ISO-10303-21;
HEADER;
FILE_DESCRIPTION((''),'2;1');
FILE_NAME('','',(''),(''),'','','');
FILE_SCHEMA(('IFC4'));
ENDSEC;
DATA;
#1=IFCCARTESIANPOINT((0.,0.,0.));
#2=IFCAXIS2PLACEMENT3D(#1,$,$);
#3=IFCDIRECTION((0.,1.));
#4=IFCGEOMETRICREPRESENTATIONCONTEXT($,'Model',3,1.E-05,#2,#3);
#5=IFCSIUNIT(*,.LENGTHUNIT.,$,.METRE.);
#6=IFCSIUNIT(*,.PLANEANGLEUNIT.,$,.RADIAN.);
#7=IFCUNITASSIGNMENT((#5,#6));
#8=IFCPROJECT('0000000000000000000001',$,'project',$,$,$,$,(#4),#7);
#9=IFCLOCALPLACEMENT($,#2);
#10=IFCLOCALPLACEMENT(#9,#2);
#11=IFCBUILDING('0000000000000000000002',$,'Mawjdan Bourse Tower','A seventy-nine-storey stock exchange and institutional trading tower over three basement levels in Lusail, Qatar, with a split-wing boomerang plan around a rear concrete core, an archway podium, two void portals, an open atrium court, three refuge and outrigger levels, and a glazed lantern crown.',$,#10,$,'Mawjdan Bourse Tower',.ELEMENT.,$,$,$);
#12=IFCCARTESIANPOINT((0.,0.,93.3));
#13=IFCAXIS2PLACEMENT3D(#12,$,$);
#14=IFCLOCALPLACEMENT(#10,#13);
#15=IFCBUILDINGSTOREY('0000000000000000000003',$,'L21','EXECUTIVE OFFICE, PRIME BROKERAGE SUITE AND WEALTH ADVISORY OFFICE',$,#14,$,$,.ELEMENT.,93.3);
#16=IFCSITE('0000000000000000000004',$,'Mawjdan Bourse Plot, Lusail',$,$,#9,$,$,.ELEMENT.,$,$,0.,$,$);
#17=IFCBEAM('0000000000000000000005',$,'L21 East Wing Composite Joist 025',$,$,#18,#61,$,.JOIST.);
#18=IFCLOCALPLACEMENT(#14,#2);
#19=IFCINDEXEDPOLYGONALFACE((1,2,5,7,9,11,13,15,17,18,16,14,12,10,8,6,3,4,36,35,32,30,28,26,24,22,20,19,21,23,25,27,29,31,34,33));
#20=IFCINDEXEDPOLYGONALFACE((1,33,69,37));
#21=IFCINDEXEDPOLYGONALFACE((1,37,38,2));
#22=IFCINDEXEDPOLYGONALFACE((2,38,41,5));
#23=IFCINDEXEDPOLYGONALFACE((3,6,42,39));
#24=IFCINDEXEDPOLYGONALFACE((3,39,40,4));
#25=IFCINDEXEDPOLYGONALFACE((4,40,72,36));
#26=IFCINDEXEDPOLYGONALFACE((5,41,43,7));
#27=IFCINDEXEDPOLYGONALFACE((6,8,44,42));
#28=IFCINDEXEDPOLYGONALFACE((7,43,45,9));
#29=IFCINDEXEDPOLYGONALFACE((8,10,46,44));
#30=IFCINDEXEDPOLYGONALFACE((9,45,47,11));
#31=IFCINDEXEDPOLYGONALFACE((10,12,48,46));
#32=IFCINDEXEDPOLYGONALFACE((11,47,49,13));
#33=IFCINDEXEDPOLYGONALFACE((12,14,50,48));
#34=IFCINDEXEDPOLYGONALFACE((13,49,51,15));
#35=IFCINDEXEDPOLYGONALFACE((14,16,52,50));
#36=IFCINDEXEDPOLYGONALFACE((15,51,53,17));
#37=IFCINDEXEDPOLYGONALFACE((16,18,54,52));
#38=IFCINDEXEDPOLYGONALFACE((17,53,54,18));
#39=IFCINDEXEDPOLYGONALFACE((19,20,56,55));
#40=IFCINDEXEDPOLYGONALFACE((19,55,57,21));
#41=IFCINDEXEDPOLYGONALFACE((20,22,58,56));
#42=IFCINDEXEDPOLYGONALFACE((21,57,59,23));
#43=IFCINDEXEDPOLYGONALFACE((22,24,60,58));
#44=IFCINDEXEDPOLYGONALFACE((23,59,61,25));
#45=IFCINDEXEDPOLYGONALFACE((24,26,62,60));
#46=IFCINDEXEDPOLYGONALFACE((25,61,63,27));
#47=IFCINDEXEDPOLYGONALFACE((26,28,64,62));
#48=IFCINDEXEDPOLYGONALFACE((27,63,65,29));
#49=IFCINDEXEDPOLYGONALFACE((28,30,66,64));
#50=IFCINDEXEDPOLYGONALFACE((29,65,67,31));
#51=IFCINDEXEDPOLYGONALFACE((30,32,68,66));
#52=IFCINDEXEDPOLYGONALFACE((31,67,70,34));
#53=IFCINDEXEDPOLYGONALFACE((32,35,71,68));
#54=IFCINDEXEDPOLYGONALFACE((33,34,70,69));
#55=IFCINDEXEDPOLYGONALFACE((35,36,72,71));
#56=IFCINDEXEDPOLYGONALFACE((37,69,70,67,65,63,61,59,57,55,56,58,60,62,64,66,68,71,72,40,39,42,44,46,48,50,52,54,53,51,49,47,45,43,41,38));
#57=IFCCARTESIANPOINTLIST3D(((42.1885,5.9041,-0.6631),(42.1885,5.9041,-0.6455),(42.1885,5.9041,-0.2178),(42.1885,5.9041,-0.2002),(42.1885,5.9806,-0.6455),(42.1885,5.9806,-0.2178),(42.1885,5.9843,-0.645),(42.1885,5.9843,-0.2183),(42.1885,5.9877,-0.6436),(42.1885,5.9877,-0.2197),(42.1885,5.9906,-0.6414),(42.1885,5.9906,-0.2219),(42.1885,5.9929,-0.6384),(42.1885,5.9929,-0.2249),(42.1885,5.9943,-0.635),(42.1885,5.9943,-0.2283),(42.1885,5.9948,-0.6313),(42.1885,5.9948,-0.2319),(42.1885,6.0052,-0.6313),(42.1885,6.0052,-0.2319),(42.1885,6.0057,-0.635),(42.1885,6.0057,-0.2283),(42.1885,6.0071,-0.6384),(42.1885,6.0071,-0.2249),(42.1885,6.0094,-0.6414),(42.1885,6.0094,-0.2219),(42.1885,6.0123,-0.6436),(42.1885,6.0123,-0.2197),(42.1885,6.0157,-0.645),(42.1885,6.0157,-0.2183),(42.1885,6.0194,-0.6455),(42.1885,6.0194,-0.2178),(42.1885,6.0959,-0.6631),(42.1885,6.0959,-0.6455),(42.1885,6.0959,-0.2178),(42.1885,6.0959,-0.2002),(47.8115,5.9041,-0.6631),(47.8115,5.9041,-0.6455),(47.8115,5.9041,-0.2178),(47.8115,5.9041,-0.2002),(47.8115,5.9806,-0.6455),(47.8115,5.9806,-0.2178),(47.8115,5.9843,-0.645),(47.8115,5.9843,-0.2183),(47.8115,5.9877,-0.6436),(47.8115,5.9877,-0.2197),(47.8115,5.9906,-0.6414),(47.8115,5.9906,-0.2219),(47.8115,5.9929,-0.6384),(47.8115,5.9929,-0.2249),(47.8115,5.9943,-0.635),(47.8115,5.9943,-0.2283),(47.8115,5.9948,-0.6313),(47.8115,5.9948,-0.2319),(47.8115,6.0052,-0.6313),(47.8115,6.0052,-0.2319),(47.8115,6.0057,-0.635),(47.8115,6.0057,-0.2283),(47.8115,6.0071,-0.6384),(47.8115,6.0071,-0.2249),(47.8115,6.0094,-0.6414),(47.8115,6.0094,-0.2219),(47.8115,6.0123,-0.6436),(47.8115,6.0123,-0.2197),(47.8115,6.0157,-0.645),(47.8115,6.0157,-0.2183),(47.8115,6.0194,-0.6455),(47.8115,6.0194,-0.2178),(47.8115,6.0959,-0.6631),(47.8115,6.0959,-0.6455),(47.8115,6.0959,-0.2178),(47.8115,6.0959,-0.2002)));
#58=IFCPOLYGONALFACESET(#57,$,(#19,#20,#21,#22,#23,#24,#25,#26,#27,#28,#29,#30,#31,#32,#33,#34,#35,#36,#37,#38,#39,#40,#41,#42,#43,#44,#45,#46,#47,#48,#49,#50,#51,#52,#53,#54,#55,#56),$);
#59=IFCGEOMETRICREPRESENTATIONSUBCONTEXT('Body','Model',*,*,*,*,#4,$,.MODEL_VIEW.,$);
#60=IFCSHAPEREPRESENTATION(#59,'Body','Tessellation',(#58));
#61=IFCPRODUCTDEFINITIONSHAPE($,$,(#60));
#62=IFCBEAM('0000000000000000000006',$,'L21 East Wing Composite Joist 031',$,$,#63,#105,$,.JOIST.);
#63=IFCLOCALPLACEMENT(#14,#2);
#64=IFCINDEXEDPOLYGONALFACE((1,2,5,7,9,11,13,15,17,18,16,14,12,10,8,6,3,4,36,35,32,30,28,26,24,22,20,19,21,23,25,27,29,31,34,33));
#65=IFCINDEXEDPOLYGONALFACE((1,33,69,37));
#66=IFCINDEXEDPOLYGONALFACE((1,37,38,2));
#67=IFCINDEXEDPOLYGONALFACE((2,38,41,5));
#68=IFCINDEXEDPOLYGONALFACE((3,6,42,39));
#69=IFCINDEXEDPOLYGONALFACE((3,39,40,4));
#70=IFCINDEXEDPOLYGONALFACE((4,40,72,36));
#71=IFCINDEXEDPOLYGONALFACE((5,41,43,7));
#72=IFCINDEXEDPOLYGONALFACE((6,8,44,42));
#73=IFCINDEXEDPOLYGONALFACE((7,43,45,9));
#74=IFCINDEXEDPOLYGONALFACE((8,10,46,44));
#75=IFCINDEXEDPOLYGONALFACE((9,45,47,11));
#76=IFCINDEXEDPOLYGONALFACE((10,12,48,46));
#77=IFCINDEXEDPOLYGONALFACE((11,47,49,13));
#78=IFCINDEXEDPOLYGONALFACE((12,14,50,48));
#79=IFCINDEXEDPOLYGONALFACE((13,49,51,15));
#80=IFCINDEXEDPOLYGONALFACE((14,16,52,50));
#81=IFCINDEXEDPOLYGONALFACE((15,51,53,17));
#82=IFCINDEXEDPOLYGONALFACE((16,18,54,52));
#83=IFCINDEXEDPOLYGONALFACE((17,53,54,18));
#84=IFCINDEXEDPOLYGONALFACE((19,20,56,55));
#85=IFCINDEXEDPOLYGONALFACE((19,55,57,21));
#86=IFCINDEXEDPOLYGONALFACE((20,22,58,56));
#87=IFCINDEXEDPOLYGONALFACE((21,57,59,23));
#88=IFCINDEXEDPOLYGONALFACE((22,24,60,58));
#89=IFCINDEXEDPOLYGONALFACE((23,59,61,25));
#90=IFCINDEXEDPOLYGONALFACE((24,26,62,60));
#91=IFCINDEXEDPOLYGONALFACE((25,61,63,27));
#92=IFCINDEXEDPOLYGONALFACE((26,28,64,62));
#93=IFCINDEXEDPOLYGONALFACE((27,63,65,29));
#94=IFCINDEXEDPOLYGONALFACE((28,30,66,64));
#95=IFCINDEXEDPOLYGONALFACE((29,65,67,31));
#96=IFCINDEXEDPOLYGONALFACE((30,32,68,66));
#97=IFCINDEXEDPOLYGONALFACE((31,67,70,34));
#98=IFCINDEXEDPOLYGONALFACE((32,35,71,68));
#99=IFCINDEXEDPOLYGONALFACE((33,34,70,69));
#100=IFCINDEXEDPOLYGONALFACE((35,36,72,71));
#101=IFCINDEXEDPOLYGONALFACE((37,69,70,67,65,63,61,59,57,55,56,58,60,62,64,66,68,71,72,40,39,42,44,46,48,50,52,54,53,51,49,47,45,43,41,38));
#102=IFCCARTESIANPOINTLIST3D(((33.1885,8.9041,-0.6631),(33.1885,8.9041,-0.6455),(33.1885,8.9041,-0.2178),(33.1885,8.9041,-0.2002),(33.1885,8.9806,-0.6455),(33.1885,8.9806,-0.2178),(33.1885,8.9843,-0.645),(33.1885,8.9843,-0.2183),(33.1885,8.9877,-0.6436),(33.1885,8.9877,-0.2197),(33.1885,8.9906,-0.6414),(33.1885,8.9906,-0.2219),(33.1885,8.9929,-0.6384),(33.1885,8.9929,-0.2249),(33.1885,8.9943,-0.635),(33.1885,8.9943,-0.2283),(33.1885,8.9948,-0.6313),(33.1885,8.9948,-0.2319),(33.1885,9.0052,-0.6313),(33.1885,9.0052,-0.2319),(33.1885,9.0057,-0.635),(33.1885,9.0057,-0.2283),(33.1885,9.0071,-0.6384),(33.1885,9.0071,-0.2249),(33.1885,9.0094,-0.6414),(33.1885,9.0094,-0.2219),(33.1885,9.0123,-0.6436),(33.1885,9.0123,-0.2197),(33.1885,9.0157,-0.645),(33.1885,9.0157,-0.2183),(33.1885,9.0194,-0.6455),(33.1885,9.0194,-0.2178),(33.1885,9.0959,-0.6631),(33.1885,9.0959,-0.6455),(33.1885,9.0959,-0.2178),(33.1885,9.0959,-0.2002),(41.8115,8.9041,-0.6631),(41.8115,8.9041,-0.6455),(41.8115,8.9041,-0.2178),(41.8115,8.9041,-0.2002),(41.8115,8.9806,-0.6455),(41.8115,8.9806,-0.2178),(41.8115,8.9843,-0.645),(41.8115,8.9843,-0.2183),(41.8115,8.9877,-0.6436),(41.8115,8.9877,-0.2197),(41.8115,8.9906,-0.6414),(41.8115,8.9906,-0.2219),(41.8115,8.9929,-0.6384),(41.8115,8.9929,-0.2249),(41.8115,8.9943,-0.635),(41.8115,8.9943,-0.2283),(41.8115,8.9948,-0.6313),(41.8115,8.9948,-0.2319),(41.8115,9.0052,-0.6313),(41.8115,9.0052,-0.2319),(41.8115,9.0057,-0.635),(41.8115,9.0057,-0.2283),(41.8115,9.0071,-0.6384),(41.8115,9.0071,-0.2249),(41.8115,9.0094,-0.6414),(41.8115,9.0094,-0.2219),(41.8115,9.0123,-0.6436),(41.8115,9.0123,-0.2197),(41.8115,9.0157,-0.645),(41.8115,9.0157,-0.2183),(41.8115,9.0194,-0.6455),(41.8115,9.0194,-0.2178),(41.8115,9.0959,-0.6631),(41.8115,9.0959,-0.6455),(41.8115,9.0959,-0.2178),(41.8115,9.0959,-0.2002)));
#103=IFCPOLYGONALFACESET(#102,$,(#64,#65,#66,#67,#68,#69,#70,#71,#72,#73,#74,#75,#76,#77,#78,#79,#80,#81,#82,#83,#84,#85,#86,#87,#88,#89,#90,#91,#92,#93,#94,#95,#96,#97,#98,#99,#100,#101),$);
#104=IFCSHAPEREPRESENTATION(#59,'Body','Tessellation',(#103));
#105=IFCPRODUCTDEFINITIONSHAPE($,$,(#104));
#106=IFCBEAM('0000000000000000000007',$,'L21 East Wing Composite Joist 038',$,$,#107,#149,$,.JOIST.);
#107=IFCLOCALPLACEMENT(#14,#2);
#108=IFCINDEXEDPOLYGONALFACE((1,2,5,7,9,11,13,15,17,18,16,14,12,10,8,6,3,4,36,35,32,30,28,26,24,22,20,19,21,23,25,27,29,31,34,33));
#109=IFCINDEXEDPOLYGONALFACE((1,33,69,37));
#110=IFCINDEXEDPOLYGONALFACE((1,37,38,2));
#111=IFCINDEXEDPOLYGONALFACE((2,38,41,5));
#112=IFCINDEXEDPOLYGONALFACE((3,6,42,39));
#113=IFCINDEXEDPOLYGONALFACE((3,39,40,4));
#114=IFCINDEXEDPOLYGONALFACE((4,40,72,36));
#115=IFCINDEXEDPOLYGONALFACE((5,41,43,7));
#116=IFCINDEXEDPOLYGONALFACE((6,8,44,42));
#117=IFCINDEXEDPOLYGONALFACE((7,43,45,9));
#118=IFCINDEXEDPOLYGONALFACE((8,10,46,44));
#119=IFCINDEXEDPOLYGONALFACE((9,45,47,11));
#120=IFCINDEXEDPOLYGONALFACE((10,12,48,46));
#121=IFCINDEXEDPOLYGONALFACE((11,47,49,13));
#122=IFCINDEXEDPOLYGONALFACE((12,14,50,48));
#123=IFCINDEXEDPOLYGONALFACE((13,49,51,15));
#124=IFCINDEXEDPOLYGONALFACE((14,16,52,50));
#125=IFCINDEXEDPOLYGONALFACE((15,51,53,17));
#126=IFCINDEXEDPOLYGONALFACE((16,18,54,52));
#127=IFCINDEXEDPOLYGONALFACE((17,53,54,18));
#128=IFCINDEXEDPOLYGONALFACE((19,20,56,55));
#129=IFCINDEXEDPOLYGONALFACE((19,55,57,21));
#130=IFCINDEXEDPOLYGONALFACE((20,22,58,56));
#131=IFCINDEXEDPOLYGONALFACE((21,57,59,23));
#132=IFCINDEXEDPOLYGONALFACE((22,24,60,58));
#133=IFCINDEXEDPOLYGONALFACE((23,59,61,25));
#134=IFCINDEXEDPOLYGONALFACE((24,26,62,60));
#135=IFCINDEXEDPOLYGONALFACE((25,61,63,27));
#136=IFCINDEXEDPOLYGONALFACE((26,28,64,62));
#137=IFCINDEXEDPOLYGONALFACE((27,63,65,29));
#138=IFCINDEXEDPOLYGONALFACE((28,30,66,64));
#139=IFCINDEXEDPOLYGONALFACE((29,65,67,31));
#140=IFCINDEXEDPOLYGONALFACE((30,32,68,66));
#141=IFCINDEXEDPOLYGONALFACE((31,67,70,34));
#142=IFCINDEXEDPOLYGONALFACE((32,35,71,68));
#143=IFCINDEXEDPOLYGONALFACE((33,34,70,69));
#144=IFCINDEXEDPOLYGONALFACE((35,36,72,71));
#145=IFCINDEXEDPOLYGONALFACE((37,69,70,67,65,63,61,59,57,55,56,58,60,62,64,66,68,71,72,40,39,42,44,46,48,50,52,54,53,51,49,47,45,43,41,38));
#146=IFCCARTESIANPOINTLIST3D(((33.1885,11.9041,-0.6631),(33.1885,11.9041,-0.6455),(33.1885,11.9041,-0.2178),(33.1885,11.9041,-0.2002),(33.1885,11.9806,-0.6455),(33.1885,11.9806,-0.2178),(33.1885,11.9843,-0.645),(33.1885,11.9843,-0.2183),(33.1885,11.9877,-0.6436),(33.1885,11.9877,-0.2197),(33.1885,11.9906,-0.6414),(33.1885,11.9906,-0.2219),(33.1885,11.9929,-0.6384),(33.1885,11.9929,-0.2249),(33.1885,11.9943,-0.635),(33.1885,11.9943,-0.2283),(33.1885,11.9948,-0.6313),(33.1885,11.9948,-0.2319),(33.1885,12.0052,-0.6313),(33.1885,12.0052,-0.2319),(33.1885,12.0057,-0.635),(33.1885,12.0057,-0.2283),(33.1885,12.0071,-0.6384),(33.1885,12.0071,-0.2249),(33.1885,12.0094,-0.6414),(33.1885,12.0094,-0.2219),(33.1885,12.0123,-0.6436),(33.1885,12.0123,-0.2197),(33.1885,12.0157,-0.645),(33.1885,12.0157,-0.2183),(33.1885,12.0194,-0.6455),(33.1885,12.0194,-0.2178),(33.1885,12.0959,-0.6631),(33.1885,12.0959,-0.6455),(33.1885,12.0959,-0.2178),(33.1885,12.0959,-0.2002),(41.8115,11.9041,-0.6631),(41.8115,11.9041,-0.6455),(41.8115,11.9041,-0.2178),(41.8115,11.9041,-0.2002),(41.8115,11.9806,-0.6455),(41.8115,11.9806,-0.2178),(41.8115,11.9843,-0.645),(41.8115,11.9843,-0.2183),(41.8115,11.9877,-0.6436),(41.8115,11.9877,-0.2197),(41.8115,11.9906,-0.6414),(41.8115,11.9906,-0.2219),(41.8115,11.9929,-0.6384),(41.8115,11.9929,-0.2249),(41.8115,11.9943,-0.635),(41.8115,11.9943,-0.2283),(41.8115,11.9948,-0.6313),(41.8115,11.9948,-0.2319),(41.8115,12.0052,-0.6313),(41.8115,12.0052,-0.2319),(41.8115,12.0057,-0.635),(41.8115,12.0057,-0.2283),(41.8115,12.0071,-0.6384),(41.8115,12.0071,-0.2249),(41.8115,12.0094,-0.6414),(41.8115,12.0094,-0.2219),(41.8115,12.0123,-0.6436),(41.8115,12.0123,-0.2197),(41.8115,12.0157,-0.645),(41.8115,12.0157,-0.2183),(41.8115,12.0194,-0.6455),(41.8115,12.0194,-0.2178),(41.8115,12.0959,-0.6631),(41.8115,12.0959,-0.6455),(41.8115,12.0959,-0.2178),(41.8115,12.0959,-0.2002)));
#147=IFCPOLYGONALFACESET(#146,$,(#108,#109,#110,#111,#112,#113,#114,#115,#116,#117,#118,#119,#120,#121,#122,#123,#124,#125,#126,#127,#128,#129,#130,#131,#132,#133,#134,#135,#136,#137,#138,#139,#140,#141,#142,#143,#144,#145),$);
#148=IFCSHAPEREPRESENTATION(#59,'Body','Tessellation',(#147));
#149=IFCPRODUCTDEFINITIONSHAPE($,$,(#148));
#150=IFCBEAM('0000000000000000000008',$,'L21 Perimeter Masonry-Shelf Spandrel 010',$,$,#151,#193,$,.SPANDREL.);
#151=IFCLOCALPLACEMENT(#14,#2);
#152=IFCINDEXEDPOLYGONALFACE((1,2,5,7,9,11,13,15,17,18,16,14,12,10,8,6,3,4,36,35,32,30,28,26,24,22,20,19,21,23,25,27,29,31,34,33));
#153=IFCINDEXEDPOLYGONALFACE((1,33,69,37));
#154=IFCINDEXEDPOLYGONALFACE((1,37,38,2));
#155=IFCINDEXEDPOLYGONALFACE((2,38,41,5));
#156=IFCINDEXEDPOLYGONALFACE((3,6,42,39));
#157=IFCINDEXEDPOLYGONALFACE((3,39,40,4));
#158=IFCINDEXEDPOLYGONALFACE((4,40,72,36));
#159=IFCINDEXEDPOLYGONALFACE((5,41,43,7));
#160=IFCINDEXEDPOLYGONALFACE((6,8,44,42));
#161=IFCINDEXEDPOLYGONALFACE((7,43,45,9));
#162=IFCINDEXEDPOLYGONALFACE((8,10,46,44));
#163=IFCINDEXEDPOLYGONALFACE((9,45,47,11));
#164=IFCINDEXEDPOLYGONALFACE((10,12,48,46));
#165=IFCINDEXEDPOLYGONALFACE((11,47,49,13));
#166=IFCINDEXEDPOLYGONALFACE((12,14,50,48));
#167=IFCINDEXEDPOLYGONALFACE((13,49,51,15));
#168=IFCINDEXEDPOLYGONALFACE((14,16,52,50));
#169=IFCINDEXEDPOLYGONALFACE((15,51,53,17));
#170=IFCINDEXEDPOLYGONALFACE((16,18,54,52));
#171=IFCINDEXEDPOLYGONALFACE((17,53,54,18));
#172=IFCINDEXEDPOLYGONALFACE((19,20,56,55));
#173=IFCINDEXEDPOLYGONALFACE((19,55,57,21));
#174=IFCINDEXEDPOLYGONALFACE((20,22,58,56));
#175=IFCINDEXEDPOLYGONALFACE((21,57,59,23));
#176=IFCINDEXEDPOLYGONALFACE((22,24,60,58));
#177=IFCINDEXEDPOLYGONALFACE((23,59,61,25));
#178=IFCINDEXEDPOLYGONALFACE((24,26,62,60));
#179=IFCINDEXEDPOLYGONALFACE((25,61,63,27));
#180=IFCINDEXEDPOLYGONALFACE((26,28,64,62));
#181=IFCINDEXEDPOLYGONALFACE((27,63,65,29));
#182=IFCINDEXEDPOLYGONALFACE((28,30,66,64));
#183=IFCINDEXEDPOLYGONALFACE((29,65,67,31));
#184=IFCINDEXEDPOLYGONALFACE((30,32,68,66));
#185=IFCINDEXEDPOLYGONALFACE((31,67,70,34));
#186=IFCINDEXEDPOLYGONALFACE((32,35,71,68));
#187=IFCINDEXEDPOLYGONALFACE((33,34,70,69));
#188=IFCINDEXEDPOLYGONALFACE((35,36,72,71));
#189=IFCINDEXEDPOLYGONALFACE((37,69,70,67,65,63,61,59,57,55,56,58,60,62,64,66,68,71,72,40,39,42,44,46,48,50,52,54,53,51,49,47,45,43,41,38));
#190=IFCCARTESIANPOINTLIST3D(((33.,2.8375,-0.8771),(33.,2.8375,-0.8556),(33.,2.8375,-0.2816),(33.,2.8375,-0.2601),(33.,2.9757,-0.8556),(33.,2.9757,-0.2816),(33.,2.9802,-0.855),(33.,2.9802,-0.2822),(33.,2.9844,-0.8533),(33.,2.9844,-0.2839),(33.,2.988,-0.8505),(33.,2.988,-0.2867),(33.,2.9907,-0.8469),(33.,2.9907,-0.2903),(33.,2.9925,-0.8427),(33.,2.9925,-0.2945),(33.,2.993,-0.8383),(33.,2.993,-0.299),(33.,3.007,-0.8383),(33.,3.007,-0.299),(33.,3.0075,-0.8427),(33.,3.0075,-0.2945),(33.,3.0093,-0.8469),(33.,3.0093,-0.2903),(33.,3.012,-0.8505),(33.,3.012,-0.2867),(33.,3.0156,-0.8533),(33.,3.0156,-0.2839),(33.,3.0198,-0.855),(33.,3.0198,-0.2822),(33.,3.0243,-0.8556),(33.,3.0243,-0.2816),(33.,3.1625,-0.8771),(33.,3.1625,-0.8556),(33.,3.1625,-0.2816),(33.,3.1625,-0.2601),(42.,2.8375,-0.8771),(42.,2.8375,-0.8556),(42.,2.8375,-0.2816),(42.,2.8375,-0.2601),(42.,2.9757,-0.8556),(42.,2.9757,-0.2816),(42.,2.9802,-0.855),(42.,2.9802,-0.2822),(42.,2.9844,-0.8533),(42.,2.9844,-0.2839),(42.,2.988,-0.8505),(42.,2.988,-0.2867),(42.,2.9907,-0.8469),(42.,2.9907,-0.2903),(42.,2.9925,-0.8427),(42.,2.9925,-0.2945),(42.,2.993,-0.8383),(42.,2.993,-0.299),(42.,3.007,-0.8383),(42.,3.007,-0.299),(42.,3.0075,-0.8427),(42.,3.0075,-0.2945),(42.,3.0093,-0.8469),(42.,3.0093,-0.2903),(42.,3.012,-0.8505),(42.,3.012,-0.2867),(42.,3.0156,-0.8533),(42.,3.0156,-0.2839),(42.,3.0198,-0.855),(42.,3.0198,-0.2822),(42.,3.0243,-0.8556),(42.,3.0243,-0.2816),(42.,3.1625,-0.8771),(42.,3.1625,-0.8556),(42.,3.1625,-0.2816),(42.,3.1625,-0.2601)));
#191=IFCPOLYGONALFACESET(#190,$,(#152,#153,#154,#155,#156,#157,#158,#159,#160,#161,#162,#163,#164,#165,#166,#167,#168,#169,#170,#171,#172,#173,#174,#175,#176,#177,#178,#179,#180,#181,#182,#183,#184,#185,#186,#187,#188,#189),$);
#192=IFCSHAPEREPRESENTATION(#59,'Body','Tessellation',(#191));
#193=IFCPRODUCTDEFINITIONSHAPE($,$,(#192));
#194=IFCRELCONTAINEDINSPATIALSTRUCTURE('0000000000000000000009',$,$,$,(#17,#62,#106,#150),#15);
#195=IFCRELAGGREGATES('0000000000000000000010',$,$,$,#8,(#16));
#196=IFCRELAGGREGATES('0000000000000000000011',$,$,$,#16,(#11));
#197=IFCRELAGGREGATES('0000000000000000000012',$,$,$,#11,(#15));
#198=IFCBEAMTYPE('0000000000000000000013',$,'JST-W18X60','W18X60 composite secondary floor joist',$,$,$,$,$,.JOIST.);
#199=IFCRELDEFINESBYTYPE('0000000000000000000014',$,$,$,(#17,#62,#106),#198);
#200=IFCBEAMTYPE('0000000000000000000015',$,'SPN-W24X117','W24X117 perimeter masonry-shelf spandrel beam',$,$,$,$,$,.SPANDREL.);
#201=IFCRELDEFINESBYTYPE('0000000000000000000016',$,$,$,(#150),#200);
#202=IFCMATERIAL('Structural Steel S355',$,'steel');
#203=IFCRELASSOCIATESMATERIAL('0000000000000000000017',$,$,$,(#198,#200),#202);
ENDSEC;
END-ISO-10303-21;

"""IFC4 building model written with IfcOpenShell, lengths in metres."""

from ifc_helpers import new_model, si_unit, direction, frame, origin, origin_2d, place, context, subcontext, project, spatial, i_section, extrude, material, material_profile, profile_set, type_object, element, save


model = new_model("IFC4")

# Units and contexts
model_context = context("Model", 3, precision=1e-05, world=origin(), true_north=direction((0.0, 1.0)))
body_context = subcontext(model_context, "Body", "Model", "MODEL_VIEW")
ifc_project = project(units=[si_unit("LENGTHUNIT", "METRE"), si_unit("PLANEANGLEUNIT", "RADIAN")], contexts=[model_context])

# Site, building, storey
site_placement = place(None, origin())
site = spatial("IfcSite", under=ifc_project, at=site_placement, Name="Mawjdan Bourse Plot, Lusail", CompositionType="ELEMENT", RefElevation=0.0)
building_placement = place(site_placement, origin())
building = spatial("IfcBuilding", under=site, at=building_placement, Name="Mawjdan Bourse Tower", Description="A seventy-nine-storey stock exchange and institutional trading tower over three basement levels in Lusail, Qatar, with a split-wing boomerang plan around a rear concrete core, an archway podium, two void portals, an open atrium court, three refuge and outrigger levels, and a glazed lantern crown.", LongName="Mawjdan Bourse Tower", CompositionType="ELEMENT")
storey_placement = place(building_placement, frame((0.0, 0.0, 93.3)))
storey = spatial("IfcBuildingStorey", under=building, at=storey_placement, Name="L21", Description="EXECUTIVE OFFICE, PRIME BROKERAGE SUITE AND WEALTH ADVISORY OFFICE", CompositionType="ELEMENT", Elevation=93.3)

# Beams
ifc_material_1 = material(Name="Structural Steel S355", Category="steel")
ifc_material_profile_1 = material_profile(ifc_material_1, i_section(OverallWidth=0.1919, OverallDepth=0.4629, WebThickness=0.0105, FlangeThickness=0.0176, FilletRadius=0.0142, at=origin_2d()), Name="W18X60")
ifc_profile_set_1 = profile_set([ifc_material_profile_1], Name="Structural Steel S355")
beam_type_1 = type_object("IfcBeamType", Name="JST-W18X60", Description="W18X60 composite secondary floor joist", PredefinedType="JOIST", material=ifc_profile_set_1)
beam_1_placement = place(storey_placement, frame((42.1885, 6.0, -0.4316), z_axis=(1.0, 0.0, 0.0), x_axis=(0.0, 1.0, 0.0)))
element("IfcBeam", 1, at=beam_1_placement, inside=storey, type_object=beam_type_1, Name="L21 East Wing Composite Joist 025", PredefinedType="JOIST", context=body_context, shape_type="SweptSolid", body=[
    extrude(i_section(OverallWidth=0.1919, OverallDepth=0.4629, WebThickness=0.0105, FlangeThickness=0.0176, FilletRadius=0.0142, at=origin_2d()), origin(), (0.0, 0.0, 1.0), 5.623),
])
for number, where, z_axis, x_axis, name in (
    (2, (33.1885, 9.0, -0.4316), (1.0, 0.0, 0.0), (0.0, 1.0, 0.0), "L21 East Wing Composite Joist 031"),
    (3, (33.1885, 12.0, -0.4316), (1.0, 0.0, 0.0), (0.0, 1.0, 0.0), "L21 East Wing Composite Joist 038"),
):
    element("IfcBeam", number, at=place(storey_placement, frame(where, z_axis=z_axis, x_axis=x_axis)), inside=storey, type_object=beam_type_1, Name=name, PredefinedType="JOIST", context=body_context, shape_type="SweptSolid", body=[
        extrude(i_section(OverallWidth=0.1919, OverallDepth=0.4629, WebThickness=0.0105, FlangeThickness=0.0176, FilletRadius=0.0142, at=origin_2d()), origin(), (0.0, 0.0, 1.0), 8.623),
    ])
ifc_material_profile_2 = material_profile(ifc_material_1, i_section(OverallWidth=0.325, OverallDepth=0.6169, WebThickness=0.0139, FlangeThickness=0.0215, FilletRadius=0.0173, at=origin_2d()), Name="W24X117")
ifc_profile_set_2 = profile_set([ifc_material_profile_2], Name="Structural Steel S355")
beam_type_2 = type_object("IfcBeamType", Name="SPN-W24X117", Description="W24X117 perimeter masonry-shelf spandrel beam", PredefinedType="SPANDREL", material=ifc_profile_set_2)
beam_2_placement = place(storey_placement, frame((33.0, 3.0, -0.5686), z_axis=(1.0, 0.0, 0.0), x_axis=(0.0, 1.0, 0.0)))
element("IfcBeam", 4, at=beam_2_placement, inside=storey, type_object=beam_type_2, Name="L21 Perimeter Masonry-Shelf Spandrel 010", PredefinedType="SPANDREL", context=body_context, shape_type="SweptSolid", body=[
    extrude(i_section(OverallWidth=0.325, OverallDepth=0.6169, WebThickness=0.0139, FlangeThickness=0.0215, FilletRadius=0.0173, at=origin_2d()), origin(), (0.0, 0.0, 1.0), 9.0),
])

save(model, "model.ifc")
